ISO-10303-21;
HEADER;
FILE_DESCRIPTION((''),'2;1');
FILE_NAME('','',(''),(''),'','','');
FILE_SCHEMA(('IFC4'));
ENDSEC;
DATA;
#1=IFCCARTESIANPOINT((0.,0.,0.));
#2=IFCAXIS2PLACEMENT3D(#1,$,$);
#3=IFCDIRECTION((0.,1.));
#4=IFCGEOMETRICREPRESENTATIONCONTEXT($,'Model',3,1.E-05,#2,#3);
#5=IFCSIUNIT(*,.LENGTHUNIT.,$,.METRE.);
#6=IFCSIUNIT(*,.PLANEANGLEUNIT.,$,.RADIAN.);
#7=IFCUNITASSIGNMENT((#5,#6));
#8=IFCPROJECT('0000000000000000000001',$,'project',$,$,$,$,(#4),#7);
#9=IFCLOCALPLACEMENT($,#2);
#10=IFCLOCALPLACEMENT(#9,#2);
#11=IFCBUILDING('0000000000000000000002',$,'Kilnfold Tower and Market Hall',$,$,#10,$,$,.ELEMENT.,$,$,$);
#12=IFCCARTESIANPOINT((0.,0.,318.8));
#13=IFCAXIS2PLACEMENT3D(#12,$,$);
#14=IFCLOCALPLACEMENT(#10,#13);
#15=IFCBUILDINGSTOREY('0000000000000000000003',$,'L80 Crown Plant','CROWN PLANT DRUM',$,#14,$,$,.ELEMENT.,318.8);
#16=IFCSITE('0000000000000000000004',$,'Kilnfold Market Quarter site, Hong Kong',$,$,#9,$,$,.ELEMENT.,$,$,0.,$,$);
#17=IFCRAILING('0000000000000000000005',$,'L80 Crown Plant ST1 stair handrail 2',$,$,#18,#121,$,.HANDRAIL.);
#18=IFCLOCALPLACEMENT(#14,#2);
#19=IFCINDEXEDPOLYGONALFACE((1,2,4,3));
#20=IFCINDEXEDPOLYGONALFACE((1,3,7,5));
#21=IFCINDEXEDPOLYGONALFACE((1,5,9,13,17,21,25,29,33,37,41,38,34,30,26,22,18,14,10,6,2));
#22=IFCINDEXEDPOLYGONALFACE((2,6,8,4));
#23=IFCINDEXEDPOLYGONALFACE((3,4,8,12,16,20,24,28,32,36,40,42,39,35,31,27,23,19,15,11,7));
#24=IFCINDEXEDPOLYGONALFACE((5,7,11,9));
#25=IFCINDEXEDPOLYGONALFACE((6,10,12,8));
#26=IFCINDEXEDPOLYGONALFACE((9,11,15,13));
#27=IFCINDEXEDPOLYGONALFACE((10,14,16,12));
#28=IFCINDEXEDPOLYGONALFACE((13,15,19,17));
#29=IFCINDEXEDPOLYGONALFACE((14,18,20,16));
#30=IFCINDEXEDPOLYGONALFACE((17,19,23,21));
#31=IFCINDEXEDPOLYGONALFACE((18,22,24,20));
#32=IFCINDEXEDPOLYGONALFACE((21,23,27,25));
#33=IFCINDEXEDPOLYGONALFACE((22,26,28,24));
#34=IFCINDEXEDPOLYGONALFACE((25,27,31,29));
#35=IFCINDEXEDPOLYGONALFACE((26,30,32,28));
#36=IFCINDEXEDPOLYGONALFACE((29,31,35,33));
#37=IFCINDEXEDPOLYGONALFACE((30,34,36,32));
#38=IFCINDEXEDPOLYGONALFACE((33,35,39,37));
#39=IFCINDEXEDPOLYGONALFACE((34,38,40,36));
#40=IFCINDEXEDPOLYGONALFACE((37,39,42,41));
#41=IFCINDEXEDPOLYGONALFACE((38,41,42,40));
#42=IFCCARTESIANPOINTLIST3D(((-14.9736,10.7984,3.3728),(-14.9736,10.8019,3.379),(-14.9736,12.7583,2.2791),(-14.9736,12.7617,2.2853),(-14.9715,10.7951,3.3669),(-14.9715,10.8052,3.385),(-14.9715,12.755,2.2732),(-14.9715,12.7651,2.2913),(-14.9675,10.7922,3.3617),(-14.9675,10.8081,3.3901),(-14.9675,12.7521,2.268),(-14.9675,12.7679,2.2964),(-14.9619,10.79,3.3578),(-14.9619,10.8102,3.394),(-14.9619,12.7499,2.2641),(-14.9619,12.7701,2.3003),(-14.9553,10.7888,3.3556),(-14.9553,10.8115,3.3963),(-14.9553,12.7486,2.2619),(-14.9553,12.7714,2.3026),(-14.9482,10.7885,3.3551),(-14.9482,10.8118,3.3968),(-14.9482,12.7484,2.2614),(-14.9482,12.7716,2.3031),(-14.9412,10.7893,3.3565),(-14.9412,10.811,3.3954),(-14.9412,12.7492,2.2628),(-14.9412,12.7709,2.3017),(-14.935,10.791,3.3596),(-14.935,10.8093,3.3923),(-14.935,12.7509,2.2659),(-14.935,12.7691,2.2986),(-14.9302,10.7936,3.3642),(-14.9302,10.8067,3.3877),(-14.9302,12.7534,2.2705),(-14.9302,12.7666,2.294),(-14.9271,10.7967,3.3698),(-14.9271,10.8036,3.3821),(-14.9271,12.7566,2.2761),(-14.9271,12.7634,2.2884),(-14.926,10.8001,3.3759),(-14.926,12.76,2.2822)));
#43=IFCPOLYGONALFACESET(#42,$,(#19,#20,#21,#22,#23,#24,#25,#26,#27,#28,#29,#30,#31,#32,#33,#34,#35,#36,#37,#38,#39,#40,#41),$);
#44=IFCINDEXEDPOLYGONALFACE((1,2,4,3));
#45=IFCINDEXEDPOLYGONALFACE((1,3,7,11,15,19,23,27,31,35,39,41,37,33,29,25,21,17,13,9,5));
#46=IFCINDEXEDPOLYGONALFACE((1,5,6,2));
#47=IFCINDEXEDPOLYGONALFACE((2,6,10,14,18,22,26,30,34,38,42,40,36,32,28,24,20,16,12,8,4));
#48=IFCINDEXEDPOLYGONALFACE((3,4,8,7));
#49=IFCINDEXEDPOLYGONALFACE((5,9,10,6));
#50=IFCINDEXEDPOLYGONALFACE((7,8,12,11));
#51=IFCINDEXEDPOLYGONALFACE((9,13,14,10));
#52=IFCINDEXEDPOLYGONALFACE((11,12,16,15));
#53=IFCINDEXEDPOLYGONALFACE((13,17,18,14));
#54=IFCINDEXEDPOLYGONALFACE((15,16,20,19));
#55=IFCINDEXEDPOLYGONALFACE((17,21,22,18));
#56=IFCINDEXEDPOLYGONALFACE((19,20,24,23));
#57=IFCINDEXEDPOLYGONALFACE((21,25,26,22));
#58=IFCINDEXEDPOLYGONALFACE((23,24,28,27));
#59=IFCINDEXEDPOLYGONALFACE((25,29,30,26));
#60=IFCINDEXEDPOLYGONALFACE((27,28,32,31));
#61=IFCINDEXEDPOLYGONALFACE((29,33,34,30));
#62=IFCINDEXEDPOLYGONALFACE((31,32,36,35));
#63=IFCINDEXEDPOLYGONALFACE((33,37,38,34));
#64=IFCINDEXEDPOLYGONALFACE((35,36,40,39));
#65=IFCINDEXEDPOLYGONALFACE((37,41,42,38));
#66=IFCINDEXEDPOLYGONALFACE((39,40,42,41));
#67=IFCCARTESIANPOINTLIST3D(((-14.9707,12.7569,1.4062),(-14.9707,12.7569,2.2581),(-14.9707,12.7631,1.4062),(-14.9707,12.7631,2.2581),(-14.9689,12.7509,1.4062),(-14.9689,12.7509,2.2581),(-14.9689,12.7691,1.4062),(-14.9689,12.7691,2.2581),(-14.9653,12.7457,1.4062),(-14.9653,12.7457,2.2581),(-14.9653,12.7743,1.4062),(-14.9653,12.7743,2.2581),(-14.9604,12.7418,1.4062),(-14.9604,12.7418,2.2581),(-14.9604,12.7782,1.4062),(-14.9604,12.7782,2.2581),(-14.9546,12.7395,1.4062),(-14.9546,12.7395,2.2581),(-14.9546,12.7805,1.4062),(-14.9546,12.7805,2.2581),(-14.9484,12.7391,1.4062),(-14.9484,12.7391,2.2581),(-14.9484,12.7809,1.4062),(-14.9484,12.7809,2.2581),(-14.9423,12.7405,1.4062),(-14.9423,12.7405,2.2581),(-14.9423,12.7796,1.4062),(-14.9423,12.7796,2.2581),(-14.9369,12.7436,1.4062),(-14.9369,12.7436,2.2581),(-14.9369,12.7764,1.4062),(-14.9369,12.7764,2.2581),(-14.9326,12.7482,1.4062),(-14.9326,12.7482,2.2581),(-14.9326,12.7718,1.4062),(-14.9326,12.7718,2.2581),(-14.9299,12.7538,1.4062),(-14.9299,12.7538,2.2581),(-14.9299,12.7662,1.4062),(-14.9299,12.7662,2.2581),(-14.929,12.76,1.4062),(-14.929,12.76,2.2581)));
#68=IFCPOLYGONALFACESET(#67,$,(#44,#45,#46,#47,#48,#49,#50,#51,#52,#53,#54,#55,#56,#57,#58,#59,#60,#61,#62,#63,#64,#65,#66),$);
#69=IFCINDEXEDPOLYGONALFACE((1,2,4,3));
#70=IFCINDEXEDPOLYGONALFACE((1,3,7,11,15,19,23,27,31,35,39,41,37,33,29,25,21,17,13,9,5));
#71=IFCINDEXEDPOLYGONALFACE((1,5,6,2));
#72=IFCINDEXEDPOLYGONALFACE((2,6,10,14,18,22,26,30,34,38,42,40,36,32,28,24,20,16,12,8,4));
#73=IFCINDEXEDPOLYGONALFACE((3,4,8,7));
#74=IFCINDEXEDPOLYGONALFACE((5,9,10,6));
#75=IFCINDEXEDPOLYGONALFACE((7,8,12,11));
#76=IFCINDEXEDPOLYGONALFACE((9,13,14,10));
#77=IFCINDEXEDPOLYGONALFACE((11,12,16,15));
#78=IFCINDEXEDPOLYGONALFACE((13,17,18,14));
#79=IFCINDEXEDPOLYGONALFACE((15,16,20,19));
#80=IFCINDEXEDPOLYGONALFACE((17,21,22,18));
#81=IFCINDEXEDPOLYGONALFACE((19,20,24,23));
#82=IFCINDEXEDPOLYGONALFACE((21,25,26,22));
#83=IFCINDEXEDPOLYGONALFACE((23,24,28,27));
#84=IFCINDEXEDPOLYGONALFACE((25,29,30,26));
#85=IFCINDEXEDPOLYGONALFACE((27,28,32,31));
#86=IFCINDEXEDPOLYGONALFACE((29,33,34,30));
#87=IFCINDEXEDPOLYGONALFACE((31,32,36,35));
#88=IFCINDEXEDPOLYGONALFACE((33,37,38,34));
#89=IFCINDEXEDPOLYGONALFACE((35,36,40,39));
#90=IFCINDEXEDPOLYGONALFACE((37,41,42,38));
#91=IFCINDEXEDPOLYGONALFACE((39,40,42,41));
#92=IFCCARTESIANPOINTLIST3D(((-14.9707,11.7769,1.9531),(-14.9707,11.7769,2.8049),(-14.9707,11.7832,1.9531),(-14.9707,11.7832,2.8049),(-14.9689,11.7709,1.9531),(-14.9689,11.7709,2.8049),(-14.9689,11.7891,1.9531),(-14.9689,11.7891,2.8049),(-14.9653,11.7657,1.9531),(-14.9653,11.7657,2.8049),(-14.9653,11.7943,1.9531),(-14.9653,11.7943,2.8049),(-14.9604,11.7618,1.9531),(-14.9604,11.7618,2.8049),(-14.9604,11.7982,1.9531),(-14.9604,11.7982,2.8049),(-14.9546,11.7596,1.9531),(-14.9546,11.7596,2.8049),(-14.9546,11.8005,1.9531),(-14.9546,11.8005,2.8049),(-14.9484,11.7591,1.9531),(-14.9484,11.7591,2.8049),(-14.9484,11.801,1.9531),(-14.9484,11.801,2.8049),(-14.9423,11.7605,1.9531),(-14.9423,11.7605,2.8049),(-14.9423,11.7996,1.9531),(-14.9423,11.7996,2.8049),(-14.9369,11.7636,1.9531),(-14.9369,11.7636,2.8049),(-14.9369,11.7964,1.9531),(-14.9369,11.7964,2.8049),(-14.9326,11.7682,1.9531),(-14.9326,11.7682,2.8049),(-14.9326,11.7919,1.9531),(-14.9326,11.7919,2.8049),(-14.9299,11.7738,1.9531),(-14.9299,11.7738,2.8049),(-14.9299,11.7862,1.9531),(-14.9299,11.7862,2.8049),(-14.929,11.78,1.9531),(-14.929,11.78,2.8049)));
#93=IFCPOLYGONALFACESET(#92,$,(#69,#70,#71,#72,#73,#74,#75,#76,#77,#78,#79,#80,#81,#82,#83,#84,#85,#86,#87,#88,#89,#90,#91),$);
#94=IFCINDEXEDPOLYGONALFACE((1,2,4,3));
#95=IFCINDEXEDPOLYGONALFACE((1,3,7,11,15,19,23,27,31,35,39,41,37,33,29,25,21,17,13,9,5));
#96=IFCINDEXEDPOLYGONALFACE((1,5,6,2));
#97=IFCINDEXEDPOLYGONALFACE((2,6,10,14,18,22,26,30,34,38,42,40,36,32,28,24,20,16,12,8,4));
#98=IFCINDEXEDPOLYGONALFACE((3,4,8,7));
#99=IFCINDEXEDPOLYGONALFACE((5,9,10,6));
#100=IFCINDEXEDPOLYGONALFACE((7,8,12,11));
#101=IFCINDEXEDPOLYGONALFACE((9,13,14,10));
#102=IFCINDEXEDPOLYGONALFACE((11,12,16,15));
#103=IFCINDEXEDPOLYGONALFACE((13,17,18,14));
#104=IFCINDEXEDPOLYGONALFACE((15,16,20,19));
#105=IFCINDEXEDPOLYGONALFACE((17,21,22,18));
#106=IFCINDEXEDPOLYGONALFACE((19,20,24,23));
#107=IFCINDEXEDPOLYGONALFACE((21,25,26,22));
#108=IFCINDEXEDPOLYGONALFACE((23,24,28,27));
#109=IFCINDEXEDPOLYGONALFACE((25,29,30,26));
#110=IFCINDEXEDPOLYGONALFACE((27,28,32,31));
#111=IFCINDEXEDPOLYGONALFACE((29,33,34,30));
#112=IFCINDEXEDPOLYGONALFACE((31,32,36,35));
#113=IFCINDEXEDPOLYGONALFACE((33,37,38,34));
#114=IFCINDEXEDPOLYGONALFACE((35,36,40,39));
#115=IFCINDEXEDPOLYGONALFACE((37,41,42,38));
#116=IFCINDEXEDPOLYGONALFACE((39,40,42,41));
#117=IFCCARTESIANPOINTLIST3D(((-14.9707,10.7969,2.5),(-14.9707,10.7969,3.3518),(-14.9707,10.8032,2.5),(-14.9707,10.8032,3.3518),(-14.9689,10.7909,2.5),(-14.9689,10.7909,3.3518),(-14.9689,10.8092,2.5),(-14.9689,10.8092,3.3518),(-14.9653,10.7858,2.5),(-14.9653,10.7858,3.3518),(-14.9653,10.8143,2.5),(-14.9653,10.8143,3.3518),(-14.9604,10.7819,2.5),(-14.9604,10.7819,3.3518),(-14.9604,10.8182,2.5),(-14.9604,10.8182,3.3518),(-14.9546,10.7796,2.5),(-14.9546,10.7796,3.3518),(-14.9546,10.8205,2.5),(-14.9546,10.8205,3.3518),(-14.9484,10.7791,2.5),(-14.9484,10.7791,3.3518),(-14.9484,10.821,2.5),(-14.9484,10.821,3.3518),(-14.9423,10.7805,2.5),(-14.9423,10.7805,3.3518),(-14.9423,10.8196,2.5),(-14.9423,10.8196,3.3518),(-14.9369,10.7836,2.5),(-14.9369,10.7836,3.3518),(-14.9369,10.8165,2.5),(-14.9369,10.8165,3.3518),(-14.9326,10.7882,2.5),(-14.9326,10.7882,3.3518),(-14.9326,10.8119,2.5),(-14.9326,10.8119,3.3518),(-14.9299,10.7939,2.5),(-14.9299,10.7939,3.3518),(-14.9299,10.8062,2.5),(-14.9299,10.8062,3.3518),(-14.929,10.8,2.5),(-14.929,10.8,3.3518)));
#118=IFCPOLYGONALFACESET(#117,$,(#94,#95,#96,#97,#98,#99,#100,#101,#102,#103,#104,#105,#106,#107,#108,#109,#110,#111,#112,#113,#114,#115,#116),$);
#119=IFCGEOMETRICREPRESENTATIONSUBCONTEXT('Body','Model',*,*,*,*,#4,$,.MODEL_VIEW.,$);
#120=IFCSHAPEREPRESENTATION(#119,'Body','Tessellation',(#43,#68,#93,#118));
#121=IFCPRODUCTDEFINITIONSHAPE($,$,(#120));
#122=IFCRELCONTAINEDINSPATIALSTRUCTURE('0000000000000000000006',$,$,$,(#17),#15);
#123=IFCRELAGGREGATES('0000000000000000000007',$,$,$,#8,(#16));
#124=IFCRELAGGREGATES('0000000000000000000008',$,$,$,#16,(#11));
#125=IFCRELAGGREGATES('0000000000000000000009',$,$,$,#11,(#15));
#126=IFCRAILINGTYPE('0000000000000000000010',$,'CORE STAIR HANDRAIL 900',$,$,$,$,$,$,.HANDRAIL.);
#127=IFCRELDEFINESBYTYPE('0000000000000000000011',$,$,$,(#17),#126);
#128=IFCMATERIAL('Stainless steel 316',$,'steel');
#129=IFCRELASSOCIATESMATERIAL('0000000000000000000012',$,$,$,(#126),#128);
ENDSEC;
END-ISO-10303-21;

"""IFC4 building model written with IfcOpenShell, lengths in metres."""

from ifc_helpers import new_model, si_unit, direction, frame, origin, origin_2d, place, context, subcontext, project, spatial, circle, extrude, material, type_object, element, save


model = new_model("IFC4")

# Units and contexts
model_context = context("Model", 3, precision=1e-05, world=origin(), true_north=direction((0.0, 1.0)))
body_context = subcontext(model_context, "Body", "Model", "MODEL_VIEW")
ifc_project = project(units=[si_unit("LENGTHUNIT", "METRE"), si_unit("PLANEANGLEUNIT", "RADIAN")], contexts=[model_context])

# Site, building, storey
site_placement = place(None, origin())
site = spatial("IfcSite", under=ifc_project, at=site_placement, Name="Kilnfold Market Quarter site, Hong Kong", CompositionType="ELEMENT", RefElevation=0.0)
building_placement = place(site_placement, origin())
building = spatial("IfcBuilding", under=site, at=building_placement, Name="Kilnfold Tower and Market Hall", CompositionType="ELEMENT")
storey_placement = place(building_placement, frame((0.0, 0.0, 318.8)))
storey = spatial("IfcBuildingStorey", under=building, at=storey_placement, Name="L80 Crown Plant", Description="CROWN PLANT DRUM", CompositionType="ELEMENT", Elevation=318.8)

# Railing
ifc_material_1 = material(Name="Stainless steel 316", Category="steel")
railing_type_1 = type_object("IfcRailingType", Name="CORE STAIR HANDRAIL 900", PredefinedType="HANDRAIL", material=ifc_material_1)
railing_1_placement = place(storey_placement, frame((-14.95, 12.76, 1.4062)))
element("IfcRailing", 1, at=railing_1_placement, inside=storey, type_object=railing_type_1, Name="L80 Crown Plant ST1 stair handrail 2", PredefinedType="HANDRAIL", context=body_context, shape_type="SweptSolid", body=[
    extrude(circle(Radius=0.0239, at=origin_2d()), frame((0.0, 0.0, 0.876), z_axis=(0.0, -0.873232, 0.487304), x_axis=(1.0, 0.0, 0.0)), (0.0, 0.0, 1.0), 2.2444),
    extrude(circle(Radius=0.021, at=origin_2d()), origin(), (0.0, 0.0, 1.0), 0.8518),
    extrude(circle(Radius=0.021, at=origin_2d()), frame((0.0, -0.98, 0.5469)), (0.0, 0.0, 1.0), 0.8518),
    extrude(circle(Radius=0.021, at=origin_2d()), frame((0.0, -1.96, 1.0938)), (0.0, 0.0, 1.0), 0.8518),
])

save(model, "model.ifc")
